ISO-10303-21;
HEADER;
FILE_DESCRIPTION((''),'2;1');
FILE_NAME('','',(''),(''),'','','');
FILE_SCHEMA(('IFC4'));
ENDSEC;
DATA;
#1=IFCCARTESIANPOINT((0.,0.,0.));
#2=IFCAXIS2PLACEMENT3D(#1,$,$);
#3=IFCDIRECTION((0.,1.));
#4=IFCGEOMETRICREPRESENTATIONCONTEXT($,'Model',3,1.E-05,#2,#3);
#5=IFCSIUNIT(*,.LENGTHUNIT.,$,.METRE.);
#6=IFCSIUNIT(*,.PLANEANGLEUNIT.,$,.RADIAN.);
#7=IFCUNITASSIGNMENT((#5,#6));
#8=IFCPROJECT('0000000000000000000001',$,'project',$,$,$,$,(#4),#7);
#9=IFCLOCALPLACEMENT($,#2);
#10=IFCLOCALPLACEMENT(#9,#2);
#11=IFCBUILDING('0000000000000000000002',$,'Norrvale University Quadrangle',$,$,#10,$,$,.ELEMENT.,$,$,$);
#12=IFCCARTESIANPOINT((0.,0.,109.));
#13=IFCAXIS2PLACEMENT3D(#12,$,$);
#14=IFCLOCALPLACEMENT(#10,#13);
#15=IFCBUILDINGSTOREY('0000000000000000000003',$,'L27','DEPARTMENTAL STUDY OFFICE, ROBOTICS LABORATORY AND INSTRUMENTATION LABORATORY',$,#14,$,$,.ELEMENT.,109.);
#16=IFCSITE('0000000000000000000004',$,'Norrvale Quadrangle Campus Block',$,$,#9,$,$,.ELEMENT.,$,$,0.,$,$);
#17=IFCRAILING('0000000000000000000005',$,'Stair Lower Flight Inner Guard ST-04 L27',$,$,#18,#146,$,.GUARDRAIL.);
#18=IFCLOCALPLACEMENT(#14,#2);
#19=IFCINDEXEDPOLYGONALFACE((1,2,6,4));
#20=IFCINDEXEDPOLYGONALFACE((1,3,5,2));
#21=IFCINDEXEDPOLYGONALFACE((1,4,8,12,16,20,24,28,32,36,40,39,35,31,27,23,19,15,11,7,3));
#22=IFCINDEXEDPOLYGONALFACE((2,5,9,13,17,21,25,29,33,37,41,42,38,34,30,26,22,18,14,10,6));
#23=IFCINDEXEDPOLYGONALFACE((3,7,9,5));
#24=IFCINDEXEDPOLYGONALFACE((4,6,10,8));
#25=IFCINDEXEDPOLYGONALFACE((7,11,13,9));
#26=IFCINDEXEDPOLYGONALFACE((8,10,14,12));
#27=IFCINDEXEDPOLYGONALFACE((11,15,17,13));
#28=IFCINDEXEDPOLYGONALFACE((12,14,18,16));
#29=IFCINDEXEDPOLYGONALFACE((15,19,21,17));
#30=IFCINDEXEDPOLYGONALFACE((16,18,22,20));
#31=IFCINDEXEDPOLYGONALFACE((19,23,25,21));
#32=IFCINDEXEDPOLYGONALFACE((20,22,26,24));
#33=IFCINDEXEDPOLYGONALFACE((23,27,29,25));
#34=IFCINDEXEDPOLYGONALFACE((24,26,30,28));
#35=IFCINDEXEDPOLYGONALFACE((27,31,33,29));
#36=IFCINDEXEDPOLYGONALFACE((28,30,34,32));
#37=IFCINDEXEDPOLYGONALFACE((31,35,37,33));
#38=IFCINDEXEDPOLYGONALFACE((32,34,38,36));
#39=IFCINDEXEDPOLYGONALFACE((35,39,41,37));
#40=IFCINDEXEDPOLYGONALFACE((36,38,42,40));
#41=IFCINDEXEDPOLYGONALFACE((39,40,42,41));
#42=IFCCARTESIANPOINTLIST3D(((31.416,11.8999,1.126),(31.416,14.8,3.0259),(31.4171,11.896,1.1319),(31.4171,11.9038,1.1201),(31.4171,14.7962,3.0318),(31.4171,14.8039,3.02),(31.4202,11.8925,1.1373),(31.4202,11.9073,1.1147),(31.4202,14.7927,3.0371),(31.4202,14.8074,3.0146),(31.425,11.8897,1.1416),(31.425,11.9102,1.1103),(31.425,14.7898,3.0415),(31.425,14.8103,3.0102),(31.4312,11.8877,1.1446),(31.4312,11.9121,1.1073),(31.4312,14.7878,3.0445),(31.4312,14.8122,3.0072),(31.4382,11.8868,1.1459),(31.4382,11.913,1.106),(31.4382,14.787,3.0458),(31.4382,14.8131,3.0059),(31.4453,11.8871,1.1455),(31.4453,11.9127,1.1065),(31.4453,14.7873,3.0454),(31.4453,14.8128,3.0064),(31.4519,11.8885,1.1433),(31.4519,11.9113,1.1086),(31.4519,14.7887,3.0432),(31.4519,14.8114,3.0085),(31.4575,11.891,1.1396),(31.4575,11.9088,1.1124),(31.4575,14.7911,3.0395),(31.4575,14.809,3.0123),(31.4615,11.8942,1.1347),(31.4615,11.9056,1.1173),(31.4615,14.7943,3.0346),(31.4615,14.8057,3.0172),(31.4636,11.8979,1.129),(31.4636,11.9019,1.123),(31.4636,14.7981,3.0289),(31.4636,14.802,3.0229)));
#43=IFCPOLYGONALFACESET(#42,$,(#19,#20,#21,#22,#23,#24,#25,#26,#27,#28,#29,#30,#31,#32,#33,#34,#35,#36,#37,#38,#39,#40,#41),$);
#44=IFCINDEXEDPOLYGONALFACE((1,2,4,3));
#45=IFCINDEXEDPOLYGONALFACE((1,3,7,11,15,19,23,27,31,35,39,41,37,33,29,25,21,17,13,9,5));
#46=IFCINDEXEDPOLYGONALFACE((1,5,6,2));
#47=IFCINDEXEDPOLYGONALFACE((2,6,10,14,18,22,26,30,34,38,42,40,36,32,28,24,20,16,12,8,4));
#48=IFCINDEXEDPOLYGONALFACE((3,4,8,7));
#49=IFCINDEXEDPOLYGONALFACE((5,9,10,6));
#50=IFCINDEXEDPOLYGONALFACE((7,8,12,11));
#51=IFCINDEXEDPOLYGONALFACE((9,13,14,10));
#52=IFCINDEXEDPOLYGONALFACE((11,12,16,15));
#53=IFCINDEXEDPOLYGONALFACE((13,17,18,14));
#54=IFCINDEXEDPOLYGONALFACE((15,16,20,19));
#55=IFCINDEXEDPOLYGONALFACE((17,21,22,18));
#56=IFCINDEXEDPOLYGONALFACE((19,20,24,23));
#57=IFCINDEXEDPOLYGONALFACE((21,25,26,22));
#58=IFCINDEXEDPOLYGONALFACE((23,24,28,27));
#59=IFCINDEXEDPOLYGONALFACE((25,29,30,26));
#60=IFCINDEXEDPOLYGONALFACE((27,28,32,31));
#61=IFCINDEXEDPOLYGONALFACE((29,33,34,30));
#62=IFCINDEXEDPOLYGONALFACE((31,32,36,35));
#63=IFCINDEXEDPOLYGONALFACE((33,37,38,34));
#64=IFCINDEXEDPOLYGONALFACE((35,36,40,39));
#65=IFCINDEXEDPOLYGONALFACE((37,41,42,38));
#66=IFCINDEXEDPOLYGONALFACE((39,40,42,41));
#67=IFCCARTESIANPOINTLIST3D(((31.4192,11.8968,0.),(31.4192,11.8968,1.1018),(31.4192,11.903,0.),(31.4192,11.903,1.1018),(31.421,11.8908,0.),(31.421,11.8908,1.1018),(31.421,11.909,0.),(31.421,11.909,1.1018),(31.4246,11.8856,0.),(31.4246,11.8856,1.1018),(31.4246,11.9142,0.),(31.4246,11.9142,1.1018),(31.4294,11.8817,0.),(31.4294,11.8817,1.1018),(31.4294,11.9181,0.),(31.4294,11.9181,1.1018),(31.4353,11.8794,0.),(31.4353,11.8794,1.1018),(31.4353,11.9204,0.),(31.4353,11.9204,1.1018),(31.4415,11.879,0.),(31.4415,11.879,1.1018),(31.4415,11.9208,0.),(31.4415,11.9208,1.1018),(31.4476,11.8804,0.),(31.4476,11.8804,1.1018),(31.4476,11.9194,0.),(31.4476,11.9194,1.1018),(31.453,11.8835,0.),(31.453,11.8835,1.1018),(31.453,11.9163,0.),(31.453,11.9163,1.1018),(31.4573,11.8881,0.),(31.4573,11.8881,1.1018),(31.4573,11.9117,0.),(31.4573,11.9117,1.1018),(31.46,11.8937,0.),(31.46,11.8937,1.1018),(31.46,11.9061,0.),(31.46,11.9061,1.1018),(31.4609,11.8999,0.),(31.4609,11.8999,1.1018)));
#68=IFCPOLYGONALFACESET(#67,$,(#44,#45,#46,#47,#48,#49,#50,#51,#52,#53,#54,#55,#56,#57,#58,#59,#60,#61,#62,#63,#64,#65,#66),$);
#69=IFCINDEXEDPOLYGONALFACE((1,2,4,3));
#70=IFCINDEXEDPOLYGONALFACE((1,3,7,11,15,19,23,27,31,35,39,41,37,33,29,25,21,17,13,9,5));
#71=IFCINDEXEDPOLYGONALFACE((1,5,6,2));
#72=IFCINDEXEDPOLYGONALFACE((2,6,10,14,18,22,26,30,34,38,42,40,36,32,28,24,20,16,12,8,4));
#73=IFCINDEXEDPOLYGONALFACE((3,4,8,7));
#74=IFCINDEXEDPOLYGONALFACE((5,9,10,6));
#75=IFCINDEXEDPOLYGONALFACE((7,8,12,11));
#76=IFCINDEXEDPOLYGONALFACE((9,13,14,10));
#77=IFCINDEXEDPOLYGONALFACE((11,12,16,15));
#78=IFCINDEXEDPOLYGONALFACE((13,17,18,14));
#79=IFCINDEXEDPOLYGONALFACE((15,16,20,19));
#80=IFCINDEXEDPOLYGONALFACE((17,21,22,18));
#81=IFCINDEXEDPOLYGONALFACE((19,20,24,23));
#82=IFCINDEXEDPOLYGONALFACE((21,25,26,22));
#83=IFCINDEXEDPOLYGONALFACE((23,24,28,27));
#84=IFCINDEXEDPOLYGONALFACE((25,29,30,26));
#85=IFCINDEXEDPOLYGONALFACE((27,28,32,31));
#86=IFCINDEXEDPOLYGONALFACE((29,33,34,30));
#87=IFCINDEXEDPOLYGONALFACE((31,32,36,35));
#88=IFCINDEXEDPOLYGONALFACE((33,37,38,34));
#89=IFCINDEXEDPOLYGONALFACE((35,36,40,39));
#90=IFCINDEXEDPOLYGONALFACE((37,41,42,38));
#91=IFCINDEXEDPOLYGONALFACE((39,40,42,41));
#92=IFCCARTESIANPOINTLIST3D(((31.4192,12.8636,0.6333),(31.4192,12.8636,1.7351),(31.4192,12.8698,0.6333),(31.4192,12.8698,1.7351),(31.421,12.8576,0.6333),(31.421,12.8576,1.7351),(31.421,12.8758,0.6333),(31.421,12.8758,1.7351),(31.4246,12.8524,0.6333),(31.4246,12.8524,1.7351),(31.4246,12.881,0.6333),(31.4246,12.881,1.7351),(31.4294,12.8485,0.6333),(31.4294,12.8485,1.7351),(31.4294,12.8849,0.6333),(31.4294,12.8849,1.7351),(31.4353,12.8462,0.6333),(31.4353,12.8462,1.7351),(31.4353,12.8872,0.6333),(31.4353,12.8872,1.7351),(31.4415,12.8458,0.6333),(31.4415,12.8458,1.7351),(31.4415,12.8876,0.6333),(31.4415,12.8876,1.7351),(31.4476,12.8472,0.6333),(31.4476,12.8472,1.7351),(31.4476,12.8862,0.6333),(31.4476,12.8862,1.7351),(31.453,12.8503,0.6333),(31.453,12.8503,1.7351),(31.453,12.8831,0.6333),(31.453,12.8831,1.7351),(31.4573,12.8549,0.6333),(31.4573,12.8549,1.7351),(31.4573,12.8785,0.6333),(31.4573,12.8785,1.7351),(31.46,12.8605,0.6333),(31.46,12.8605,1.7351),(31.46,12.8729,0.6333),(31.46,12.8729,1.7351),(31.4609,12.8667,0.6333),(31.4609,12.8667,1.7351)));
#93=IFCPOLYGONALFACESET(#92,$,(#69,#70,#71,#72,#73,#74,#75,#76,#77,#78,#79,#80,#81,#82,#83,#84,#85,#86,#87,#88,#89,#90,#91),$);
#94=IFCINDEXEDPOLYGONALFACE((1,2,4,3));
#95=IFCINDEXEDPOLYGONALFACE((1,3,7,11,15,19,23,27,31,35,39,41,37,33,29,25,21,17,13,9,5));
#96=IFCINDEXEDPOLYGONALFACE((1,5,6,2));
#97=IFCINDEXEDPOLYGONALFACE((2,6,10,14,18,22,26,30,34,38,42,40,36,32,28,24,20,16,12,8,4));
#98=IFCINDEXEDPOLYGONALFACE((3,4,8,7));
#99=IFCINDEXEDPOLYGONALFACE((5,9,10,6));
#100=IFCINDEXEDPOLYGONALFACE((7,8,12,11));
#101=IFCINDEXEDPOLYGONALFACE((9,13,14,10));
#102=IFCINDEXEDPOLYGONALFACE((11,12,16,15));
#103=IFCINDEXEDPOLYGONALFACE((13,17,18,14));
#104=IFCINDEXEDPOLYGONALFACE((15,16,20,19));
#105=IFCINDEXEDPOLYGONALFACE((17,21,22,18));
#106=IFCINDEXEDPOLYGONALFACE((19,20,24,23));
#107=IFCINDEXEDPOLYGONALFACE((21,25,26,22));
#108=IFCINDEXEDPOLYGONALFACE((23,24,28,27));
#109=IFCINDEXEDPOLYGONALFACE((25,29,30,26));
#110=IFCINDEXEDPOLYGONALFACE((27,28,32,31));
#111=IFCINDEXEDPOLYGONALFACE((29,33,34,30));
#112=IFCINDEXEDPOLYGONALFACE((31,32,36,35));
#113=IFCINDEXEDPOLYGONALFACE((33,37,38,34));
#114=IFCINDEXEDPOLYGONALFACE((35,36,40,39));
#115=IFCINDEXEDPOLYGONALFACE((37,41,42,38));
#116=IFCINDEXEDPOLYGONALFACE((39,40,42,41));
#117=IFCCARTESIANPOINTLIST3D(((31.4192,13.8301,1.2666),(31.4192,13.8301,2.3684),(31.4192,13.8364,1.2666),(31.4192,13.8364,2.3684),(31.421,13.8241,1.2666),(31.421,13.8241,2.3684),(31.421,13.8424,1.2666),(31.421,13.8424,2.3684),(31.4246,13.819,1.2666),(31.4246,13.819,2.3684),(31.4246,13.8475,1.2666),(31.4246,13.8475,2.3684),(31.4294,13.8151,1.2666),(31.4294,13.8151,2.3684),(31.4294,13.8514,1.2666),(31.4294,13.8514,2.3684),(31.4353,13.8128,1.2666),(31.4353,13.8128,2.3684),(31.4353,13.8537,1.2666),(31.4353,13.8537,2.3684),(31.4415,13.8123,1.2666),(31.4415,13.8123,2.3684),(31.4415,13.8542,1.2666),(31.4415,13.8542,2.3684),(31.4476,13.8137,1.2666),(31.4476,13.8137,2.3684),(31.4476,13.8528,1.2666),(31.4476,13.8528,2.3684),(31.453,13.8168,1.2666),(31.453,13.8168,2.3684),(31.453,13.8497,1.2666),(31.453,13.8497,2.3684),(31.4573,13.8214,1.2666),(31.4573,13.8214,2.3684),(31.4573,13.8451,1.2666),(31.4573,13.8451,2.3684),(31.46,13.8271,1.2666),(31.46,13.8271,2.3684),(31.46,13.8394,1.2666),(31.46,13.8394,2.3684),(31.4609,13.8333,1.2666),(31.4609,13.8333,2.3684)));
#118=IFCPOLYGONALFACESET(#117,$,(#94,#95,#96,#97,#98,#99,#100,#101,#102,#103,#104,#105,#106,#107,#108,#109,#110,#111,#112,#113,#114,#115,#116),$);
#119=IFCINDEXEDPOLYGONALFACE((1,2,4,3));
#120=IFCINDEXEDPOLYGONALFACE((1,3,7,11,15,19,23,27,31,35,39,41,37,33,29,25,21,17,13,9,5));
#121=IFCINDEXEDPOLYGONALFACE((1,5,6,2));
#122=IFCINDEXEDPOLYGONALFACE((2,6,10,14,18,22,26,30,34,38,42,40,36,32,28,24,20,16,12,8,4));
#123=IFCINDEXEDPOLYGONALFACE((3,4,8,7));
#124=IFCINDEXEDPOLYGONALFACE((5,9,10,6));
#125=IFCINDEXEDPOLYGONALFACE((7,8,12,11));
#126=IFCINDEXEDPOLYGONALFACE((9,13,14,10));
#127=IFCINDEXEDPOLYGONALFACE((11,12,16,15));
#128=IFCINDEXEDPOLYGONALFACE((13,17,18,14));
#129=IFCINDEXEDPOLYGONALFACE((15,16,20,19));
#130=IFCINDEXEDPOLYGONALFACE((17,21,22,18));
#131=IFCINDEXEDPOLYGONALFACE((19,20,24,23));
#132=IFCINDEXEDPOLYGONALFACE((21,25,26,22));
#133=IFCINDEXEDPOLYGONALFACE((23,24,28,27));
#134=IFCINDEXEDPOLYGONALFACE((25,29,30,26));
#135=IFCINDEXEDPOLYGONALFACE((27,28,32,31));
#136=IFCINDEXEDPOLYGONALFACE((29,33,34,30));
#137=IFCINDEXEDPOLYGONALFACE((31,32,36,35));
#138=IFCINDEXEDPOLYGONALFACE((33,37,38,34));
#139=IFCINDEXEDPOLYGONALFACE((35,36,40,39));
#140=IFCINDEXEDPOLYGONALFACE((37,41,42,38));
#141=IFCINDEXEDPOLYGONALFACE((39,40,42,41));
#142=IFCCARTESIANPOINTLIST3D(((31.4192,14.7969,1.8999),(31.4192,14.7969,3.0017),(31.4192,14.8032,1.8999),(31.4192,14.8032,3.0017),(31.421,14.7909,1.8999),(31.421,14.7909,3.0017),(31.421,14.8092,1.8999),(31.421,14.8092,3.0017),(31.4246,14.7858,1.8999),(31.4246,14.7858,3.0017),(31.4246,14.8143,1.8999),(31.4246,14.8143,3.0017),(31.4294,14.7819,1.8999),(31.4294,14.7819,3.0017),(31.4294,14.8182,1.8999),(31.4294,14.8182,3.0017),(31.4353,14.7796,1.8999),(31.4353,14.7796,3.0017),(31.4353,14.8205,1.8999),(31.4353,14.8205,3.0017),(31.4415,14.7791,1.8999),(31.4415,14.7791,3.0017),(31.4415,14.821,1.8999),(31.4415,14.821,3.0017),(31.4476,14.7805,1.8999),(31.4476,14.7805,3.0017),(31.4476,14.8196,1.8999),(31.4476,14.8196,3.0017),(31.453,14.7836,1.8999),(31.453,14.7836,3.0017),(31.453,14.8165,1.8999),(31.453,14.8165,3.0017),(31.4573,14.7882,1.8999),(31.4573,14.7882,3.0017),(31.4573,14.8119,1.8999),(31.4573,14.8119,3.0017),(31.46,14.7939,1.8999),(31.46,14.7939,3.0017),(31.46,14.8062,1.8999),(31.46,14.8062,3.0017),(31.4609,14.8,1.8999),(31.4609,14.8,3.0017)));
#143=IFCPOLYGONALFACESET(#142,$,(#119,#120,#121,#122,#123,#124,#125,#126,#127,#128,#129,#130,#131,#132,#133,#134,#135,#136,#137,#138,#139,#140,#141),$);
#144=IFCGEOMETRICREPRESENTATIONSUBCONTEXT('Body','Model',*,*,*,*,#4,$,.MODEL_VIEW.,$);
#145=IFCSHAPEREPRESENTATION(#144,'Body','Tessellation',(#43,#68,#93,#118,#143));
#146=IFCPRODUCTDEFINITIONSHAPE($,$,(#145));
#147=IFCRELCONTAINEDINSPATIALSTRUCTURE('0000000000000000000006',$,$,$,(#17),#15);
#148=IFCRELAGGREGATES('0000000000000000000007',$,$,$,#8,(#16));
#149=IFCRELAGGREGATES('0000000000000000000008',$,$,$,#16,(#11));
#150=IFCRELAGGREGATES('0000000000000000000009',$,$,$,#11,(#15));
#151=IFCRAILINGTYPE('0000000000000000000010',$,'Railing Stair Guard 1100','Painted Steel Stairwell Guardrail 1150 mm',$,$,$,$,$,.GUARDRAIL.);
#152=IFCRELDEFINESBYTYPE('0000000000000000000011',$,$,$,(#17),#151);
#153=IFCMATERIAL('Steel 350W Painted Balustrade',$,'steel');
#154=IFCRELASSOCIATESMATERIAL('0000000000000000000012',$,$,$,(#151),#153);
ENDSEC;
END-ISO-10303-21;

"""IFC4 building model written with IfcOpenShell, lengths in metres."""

from ifc_helpers import new_model, si_unit, direction, frame, origin, origin_2d, place, context, subcontext, project, spatial, circle, extrude, material, type_object, element, save


model = new_model("IFC4")

# Units and contexts
model_context = context("Model", 3, precision=1e-05, world=origin(), true_north=direction((0.0, 1.0)))
body_context = subcontext(model_context, "Body", "Model", "MODEL_VIEW")
ifc_project = project(units=[si_unit("LENGTHUNIT", "METRE"), si_unit("PLANEANGLEUNIT", "RADIAN")], contexts=[model_context])

# Site, building, storey
site_placement = place(None, origin())
site = spatial("IfcSite", under=ifc_project, at=site_placement, Name="Norrvale Quadrangle Campus Block", CompositionType="ELEMENT", RefElevation=0.0)
building_placement = place(site_placement, origin())
building = spatial("IfcBuilding", under=site, at=building_placement, Name="Norrvale University Quadrangle", CompositionType="ELEMENT")
storey_placement = place(building_placement, frame((0.0, 0.0, 109.0)))
storey = spatial("IfcBuildingStorey", under=building, at=storey_placement, Name="L27", Description="DEPARTMENTAL STUDY OFFICE, ROBOTICS LABORATORY AND INSTRUMENTATION LABORATORY", CompositionType="ELEMENT", Elevation=109.0)

# Railing
ifc_material_1 = material(Name="Steel 350W Painted Balustrade", Category="steel")
railing_type_1 = type_object("IfcRailingType", Name="Railing Stair Guard 1100", Description="Painted Steel Stairwell Guardrail 1150 mm", PredefinedType="GUARDRAIL", material=ifc_material_1)
railing_1_placement = place(storey_placement, frame((31.4399, 11.8999, 0.0)))
element("IfcRailing", 1, at=railing_1_placement, inside=storey, type_object=railing_type_1, Name="Stair Lower Flight Inner Guard ST-04 L27", PredefinedType="GUARDRAIL", context=body_context, shape_type="SweptSolid", body=[
    extrude(circle(Radius=0.0239, at=origin_2d()), frame((0.0, 0.0, 1.126), z_axis=(0.0, 0.836487, 0.547987), x_axis=(-1.0, 0.0, 0.0)), (0.0, 0.0, 1.0), 3.467),
    extrude(circle(Radius=0.021, at=origin_2d()), origin(), (0.0, 0.0, 1.0), 1.1018),
    extrude(circle(Radius=0.021, at=origin_2d()), frame((0.0, 0.9668, 0.6333)), (0.0, 0.0, 1.0), 1.1018),
    extrude(circle(Radius=0.021, at=origin_2d()), frame((0.0, 1.9333, 1.2666)), (0.0, 0.0, 1.0), 1.1018),
    extrude(circle(Radius=0.021, at=origin_2d()), frame((0.0, 2.9001, 1.8999)), (0.0, 0.0, 1.0), 1.1018),
])

save(model, "model.ifc")
